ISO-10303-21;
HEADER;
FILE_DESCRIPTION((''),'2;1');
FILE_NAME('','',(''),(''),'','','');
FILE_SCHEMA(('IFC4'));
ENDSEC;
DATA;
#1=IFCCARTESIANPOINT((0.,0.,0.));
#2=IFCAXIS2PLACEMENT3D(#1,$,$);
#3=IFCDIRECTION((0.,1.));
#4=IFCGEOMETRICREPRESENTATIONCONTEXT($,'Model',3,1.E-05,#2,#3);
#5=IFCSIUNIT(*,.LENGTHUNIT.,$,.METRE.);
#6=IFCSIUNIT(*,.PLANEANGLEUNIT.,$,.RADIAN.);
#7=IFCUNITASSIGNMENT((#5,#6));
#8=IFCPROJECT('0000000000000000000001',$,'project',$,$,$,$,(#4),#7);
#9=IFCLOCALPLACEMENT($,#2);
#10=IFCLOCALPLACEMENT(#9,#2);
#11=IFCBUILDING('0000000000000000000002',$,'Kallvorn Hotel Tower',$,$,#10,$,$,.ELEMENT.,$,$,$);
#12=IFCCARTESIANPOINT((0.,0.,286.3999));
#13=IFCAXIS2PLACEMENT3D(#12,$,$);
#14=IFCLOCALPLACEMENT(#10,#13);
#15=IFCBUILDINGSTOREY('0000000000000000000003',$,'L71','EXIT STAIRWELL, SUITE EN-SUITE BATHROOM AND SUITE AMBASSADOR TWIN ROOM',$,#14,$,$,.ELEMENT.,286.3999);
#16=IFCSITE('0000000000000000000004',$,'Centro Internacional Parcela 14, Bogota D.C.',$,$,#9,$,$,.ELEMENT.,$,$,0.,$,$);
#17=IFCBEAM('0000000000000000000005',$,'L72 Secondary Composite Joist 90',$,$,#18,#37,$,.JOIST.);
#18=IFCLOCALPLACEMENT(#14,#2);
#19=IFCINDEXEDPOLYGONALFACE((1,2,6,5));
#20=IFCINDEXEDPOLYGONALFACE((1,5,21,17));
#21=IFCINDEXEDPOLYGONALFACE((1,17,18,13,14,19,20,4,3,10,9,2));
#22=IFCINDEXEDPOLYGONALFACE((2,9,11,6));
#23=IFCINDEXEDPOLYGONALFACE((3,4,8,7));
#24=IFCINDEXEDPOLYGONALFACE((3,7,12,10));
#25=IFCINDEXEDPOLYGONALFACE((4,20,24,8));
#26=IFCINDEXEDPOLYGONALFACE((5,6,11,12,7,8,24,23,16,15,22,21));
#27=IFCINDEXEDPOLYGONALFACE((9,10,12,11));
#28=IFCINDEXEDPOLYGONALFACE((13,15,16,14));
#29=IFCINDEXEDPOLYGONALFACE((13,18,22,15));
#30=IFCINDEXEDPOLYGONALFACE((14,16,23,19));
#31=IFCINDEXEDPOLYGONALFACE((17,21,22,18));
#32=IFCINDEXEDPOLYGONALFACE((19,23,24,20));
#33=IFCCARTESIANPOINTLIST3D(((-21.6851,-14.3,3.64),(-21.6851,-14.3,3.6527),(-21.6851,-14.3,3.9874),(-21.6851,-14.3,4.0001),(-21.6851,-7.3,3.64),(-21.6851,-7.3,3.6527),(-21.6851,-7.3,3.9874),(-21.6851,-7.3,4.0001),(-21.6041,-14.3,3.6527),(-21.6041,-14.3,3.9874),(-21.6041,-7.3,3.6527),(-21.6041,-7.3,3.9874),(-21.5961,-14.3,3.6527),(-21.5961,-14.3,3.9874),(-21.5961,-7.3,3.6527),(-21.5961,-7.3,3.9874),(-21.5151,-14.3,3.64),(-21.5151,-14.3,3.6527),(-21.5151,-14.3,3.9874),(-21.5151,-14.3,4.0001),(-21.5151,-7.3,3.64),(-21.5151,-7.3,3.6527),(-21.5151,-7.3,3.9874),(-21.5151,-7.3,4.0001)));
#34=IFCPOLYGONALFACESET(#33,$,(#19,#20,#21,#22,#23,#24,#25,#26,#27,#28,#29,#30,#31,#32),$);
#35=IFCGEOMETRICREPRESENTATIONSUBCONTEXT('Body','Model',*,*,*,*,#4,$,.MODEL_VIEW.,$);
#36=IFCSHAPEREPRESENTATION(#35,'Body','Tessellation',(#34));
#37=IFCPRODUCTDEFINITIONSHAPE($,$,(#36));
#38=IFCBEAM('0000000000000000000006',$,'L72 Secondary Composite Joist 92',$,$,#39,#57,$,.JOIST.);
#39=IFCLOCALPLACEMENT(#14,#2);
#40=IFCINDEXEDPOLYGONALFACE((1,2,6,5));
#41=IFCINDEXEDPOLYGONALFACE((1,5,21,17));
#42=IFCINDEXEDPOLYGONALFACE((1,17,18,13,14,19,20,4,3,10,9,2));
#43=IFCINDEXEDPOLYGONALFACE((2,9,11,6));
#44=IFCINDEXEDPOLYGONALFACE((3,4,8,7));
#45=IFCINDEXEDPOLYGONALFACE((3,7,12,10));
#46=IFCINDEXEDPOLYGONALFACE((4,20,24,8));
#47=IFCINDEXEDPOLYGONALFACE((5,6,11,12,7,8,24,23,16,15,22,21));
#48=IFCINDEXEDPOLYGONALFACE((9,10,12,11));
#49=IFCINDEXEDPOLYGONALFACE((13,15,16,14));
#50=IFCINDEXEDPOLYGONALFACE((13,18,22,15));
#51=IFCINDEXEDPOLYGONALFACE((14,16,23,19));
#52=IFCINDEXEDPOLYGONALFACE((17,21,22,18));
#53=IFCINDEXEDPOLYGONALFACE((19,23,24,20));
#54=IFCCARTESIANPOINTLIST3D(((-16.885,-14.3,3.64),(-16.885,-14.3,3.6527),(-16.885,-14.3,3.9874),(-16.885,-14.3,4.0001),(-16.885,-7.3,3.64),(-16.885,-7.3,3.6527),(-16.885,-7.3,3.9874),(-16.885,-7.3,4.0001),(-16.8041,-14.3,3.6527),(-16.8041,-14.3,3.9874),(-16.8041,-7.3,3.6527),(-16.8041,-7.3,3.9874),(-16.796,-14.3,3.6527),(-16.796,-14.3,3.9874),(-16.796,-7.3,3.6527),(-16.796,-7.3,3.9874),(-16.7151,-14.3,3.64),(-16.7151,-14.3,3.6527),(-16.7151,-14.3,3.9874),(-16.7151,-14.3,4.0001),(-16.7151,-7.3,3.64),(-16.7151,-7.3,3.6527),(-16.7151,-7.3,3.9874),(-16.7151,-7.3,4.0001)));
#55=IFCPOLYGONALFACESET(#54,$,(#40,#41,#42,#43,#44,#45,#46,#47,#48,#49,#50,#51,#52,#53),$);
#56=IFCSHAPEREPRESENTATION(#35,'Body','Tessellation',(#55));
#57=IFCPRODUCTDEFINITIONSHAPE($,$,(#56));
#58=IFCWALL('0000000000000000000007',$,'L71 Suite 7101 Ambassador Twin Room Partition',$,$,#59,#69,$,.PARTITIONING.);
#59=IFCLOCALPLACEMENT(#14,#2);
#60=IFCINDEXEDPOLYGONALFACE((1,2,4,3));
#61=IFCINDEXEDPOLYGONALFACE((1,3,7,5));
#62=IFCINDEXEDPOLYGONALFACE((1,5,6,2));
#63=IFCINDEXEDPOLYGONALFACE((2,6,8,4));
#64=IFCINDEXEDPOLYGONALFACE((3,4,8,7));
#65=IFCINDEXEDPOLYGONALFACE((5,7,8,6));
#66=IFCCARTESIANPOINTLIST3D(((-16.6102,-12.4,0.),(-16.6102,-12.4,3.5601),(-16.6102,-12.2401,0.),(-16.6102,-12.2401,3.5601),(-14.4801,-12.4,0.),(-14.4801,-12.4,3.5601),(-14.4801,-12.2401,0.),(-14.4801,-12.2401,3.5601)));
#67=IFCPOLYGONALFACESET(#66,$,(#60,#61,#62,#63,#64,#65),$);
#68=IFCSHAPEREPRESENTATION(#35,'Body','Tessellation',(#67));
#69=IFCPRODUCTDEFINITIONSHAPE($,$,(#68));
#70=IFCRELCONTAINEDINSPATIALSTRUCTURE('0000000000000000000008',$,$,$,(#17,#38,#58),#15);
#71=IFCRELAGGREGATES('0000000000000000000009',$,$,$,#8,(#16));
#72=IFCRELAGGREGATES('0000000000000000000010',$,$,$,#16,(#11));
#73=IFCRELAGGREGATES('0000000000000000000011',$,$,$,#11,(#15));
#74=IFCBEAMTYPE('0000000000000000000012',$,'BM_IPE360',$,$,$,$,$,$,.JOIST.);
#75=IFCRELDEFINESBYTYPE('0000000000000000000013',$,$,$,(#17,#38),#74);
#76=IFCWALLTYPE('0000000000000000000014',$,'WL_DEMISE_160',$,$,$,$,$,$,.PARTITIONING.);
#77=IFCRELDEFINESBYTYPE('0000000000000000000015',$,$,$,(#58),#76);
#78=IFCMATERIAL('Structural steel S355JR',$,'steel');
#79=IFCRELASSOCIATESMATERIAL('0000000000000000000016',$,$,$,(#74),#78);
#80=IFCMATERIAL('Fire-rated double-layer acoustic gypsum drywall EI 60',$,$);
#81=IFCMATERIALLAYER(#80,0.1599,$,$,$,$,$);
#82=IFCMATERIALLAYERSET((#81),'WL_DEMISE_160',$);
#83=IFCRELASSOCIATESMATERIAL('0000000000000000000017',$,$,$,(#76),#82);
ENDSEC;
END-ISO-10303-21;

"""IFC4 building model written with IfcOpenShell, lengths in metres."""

from ifc_helpers import new_model, si_unit, direction, frame, frame_2d, origin, origin_2d, place, context, subcontext, project, spatial, rectangle, i_section, extrude, material, layer, layer_set, material_profile, profile_set, type_object, element, save


model = new_model("IFC4")

# Units and contexts
model_context = context("Model", 3, precision=1e-05, world=origin(), true_north=direction((0.0, 1.0)))
body_context = subcontext(model_context, "Body", "Model", "MODEL_VIEW")
ifc_project = project(units=[si_unit("LENGTHUNIT", "METRE"), si_unit("PLANEANGLEUNIT", "RADIAN")], contexts=[model_context])

# Site, building, storey
site_placement = place(None, origin())
site = spatial("IfcSite", under=ifc_project, at=site_placement, Name="Centro Internacional Parcela 14, Bogota D.C.", CompositionType="ELEMENT", RefElevation=0.0)
building_placement = place(site_placement, origin())
building = spatial("IfcBuilding", under=site, at=building_placement, Name="Kallvorn Hotel Tower", CompositionType="ELEMENT")
storey_placement = place(building_placement, frame((0.0, 0.0, 286.3999)))
storey = spatial("IfcBuildingStorey", under=building, at=storey_placement, Name="L71", Description="EXIT STAIRWELL, SUITE EN-SUITE BATHROOM AND SUITE AMBASSADOR TWIN ROOM", CompositionType="ELEMENT", Elevation=286.3999)

# Beams
ifc_material_1 = material(Name="Structural steel S355JR", Category="steel")
ifc_material_profile_1 = material_profile(ifc_material_1, i_section(OverallWidth=0.1699, OverallDepth=0.3601, WebThickness=0.0081, FlangeThickness=0.0127, at=origin_2d()), Name="IPE 360")
ifc_profile_set_1 = profile_set([ifc_material_profile_1], Name="Structural steel S355JR")
beam_type_1 = type_object("IfcBeamType", Name="BM_IPE360", PredefinedType="JOIST", material=ifc_profile_set_1)
for number, where, z_axis, x_axis, name in (
    (1, (-21.6001, -14.3, 3.8201), (0.0, 1.0, 0.0), (-1.0, 0.0, 0.0), "L72 Secondary Composite Joist 90"),
    (2, (-16.8, -14.3, 3.8201), (0.0, 1.0, 0.0), (-1.0, 0.0, 0.0), "L72 Secondary Composite Joist 92"),
):
    element("IfcBeam", number, at=place(storey_placement, frame(where, z_axis=z_axis, x_axis=x_axis)), inside=storey, type_object=beam_type_1, Name=name, PredefinedType="JOIST", context=body_context, shape_type="SweptSolid", body=[
        extrude(i_section(OverallWidth=0.1699, OverallDepth=0.3601, WebThickness=0.0081, FlangeThickness=0.0127, at=origin_2d()), origin(), (0.0, 0.0, 1.0), 7.0),
    ])

# Wall
ifc_material_2 = material(Name="Fire-rated double-layer acoustic gypsum drywall EI 60")
ifc_layer_1 = layer(ifc_material_2, 0.1599)
ifc_layer_set_1 = layer_set([ifc_layer_1], Name="WL_DEMISE_160")
wall_type_1 = type_object("IfcWallType", Name="WL_DEMISE_160", PredefinedType="PARTITIONING", material=ifc_layer_set_1)
wall_1_placement = place(storey_placement, frame((-16.6101, -12.3201, 0.0), z_axis=(0.0, 0.0, 1.0), x_axis=(1.0, 0.0, 0.0)))
element("IfcWall", 3, at=wall_1_placement, inside=storey, type_object=wall_type_1, Name="L71 Suite 7101 Ambassador Twin Room Partition", PredefinedType="PARTITIONING", context=body_context, shape_type="SweptSolid", body=[
    extrude(rectangle(XDim=2.1301, YDim=0.1599, at=frame_2d((1.0649, 0.0))), origin(), (0.0, 0.0, 1.0), 3.5601),
])

save(model, "model.ifc")
